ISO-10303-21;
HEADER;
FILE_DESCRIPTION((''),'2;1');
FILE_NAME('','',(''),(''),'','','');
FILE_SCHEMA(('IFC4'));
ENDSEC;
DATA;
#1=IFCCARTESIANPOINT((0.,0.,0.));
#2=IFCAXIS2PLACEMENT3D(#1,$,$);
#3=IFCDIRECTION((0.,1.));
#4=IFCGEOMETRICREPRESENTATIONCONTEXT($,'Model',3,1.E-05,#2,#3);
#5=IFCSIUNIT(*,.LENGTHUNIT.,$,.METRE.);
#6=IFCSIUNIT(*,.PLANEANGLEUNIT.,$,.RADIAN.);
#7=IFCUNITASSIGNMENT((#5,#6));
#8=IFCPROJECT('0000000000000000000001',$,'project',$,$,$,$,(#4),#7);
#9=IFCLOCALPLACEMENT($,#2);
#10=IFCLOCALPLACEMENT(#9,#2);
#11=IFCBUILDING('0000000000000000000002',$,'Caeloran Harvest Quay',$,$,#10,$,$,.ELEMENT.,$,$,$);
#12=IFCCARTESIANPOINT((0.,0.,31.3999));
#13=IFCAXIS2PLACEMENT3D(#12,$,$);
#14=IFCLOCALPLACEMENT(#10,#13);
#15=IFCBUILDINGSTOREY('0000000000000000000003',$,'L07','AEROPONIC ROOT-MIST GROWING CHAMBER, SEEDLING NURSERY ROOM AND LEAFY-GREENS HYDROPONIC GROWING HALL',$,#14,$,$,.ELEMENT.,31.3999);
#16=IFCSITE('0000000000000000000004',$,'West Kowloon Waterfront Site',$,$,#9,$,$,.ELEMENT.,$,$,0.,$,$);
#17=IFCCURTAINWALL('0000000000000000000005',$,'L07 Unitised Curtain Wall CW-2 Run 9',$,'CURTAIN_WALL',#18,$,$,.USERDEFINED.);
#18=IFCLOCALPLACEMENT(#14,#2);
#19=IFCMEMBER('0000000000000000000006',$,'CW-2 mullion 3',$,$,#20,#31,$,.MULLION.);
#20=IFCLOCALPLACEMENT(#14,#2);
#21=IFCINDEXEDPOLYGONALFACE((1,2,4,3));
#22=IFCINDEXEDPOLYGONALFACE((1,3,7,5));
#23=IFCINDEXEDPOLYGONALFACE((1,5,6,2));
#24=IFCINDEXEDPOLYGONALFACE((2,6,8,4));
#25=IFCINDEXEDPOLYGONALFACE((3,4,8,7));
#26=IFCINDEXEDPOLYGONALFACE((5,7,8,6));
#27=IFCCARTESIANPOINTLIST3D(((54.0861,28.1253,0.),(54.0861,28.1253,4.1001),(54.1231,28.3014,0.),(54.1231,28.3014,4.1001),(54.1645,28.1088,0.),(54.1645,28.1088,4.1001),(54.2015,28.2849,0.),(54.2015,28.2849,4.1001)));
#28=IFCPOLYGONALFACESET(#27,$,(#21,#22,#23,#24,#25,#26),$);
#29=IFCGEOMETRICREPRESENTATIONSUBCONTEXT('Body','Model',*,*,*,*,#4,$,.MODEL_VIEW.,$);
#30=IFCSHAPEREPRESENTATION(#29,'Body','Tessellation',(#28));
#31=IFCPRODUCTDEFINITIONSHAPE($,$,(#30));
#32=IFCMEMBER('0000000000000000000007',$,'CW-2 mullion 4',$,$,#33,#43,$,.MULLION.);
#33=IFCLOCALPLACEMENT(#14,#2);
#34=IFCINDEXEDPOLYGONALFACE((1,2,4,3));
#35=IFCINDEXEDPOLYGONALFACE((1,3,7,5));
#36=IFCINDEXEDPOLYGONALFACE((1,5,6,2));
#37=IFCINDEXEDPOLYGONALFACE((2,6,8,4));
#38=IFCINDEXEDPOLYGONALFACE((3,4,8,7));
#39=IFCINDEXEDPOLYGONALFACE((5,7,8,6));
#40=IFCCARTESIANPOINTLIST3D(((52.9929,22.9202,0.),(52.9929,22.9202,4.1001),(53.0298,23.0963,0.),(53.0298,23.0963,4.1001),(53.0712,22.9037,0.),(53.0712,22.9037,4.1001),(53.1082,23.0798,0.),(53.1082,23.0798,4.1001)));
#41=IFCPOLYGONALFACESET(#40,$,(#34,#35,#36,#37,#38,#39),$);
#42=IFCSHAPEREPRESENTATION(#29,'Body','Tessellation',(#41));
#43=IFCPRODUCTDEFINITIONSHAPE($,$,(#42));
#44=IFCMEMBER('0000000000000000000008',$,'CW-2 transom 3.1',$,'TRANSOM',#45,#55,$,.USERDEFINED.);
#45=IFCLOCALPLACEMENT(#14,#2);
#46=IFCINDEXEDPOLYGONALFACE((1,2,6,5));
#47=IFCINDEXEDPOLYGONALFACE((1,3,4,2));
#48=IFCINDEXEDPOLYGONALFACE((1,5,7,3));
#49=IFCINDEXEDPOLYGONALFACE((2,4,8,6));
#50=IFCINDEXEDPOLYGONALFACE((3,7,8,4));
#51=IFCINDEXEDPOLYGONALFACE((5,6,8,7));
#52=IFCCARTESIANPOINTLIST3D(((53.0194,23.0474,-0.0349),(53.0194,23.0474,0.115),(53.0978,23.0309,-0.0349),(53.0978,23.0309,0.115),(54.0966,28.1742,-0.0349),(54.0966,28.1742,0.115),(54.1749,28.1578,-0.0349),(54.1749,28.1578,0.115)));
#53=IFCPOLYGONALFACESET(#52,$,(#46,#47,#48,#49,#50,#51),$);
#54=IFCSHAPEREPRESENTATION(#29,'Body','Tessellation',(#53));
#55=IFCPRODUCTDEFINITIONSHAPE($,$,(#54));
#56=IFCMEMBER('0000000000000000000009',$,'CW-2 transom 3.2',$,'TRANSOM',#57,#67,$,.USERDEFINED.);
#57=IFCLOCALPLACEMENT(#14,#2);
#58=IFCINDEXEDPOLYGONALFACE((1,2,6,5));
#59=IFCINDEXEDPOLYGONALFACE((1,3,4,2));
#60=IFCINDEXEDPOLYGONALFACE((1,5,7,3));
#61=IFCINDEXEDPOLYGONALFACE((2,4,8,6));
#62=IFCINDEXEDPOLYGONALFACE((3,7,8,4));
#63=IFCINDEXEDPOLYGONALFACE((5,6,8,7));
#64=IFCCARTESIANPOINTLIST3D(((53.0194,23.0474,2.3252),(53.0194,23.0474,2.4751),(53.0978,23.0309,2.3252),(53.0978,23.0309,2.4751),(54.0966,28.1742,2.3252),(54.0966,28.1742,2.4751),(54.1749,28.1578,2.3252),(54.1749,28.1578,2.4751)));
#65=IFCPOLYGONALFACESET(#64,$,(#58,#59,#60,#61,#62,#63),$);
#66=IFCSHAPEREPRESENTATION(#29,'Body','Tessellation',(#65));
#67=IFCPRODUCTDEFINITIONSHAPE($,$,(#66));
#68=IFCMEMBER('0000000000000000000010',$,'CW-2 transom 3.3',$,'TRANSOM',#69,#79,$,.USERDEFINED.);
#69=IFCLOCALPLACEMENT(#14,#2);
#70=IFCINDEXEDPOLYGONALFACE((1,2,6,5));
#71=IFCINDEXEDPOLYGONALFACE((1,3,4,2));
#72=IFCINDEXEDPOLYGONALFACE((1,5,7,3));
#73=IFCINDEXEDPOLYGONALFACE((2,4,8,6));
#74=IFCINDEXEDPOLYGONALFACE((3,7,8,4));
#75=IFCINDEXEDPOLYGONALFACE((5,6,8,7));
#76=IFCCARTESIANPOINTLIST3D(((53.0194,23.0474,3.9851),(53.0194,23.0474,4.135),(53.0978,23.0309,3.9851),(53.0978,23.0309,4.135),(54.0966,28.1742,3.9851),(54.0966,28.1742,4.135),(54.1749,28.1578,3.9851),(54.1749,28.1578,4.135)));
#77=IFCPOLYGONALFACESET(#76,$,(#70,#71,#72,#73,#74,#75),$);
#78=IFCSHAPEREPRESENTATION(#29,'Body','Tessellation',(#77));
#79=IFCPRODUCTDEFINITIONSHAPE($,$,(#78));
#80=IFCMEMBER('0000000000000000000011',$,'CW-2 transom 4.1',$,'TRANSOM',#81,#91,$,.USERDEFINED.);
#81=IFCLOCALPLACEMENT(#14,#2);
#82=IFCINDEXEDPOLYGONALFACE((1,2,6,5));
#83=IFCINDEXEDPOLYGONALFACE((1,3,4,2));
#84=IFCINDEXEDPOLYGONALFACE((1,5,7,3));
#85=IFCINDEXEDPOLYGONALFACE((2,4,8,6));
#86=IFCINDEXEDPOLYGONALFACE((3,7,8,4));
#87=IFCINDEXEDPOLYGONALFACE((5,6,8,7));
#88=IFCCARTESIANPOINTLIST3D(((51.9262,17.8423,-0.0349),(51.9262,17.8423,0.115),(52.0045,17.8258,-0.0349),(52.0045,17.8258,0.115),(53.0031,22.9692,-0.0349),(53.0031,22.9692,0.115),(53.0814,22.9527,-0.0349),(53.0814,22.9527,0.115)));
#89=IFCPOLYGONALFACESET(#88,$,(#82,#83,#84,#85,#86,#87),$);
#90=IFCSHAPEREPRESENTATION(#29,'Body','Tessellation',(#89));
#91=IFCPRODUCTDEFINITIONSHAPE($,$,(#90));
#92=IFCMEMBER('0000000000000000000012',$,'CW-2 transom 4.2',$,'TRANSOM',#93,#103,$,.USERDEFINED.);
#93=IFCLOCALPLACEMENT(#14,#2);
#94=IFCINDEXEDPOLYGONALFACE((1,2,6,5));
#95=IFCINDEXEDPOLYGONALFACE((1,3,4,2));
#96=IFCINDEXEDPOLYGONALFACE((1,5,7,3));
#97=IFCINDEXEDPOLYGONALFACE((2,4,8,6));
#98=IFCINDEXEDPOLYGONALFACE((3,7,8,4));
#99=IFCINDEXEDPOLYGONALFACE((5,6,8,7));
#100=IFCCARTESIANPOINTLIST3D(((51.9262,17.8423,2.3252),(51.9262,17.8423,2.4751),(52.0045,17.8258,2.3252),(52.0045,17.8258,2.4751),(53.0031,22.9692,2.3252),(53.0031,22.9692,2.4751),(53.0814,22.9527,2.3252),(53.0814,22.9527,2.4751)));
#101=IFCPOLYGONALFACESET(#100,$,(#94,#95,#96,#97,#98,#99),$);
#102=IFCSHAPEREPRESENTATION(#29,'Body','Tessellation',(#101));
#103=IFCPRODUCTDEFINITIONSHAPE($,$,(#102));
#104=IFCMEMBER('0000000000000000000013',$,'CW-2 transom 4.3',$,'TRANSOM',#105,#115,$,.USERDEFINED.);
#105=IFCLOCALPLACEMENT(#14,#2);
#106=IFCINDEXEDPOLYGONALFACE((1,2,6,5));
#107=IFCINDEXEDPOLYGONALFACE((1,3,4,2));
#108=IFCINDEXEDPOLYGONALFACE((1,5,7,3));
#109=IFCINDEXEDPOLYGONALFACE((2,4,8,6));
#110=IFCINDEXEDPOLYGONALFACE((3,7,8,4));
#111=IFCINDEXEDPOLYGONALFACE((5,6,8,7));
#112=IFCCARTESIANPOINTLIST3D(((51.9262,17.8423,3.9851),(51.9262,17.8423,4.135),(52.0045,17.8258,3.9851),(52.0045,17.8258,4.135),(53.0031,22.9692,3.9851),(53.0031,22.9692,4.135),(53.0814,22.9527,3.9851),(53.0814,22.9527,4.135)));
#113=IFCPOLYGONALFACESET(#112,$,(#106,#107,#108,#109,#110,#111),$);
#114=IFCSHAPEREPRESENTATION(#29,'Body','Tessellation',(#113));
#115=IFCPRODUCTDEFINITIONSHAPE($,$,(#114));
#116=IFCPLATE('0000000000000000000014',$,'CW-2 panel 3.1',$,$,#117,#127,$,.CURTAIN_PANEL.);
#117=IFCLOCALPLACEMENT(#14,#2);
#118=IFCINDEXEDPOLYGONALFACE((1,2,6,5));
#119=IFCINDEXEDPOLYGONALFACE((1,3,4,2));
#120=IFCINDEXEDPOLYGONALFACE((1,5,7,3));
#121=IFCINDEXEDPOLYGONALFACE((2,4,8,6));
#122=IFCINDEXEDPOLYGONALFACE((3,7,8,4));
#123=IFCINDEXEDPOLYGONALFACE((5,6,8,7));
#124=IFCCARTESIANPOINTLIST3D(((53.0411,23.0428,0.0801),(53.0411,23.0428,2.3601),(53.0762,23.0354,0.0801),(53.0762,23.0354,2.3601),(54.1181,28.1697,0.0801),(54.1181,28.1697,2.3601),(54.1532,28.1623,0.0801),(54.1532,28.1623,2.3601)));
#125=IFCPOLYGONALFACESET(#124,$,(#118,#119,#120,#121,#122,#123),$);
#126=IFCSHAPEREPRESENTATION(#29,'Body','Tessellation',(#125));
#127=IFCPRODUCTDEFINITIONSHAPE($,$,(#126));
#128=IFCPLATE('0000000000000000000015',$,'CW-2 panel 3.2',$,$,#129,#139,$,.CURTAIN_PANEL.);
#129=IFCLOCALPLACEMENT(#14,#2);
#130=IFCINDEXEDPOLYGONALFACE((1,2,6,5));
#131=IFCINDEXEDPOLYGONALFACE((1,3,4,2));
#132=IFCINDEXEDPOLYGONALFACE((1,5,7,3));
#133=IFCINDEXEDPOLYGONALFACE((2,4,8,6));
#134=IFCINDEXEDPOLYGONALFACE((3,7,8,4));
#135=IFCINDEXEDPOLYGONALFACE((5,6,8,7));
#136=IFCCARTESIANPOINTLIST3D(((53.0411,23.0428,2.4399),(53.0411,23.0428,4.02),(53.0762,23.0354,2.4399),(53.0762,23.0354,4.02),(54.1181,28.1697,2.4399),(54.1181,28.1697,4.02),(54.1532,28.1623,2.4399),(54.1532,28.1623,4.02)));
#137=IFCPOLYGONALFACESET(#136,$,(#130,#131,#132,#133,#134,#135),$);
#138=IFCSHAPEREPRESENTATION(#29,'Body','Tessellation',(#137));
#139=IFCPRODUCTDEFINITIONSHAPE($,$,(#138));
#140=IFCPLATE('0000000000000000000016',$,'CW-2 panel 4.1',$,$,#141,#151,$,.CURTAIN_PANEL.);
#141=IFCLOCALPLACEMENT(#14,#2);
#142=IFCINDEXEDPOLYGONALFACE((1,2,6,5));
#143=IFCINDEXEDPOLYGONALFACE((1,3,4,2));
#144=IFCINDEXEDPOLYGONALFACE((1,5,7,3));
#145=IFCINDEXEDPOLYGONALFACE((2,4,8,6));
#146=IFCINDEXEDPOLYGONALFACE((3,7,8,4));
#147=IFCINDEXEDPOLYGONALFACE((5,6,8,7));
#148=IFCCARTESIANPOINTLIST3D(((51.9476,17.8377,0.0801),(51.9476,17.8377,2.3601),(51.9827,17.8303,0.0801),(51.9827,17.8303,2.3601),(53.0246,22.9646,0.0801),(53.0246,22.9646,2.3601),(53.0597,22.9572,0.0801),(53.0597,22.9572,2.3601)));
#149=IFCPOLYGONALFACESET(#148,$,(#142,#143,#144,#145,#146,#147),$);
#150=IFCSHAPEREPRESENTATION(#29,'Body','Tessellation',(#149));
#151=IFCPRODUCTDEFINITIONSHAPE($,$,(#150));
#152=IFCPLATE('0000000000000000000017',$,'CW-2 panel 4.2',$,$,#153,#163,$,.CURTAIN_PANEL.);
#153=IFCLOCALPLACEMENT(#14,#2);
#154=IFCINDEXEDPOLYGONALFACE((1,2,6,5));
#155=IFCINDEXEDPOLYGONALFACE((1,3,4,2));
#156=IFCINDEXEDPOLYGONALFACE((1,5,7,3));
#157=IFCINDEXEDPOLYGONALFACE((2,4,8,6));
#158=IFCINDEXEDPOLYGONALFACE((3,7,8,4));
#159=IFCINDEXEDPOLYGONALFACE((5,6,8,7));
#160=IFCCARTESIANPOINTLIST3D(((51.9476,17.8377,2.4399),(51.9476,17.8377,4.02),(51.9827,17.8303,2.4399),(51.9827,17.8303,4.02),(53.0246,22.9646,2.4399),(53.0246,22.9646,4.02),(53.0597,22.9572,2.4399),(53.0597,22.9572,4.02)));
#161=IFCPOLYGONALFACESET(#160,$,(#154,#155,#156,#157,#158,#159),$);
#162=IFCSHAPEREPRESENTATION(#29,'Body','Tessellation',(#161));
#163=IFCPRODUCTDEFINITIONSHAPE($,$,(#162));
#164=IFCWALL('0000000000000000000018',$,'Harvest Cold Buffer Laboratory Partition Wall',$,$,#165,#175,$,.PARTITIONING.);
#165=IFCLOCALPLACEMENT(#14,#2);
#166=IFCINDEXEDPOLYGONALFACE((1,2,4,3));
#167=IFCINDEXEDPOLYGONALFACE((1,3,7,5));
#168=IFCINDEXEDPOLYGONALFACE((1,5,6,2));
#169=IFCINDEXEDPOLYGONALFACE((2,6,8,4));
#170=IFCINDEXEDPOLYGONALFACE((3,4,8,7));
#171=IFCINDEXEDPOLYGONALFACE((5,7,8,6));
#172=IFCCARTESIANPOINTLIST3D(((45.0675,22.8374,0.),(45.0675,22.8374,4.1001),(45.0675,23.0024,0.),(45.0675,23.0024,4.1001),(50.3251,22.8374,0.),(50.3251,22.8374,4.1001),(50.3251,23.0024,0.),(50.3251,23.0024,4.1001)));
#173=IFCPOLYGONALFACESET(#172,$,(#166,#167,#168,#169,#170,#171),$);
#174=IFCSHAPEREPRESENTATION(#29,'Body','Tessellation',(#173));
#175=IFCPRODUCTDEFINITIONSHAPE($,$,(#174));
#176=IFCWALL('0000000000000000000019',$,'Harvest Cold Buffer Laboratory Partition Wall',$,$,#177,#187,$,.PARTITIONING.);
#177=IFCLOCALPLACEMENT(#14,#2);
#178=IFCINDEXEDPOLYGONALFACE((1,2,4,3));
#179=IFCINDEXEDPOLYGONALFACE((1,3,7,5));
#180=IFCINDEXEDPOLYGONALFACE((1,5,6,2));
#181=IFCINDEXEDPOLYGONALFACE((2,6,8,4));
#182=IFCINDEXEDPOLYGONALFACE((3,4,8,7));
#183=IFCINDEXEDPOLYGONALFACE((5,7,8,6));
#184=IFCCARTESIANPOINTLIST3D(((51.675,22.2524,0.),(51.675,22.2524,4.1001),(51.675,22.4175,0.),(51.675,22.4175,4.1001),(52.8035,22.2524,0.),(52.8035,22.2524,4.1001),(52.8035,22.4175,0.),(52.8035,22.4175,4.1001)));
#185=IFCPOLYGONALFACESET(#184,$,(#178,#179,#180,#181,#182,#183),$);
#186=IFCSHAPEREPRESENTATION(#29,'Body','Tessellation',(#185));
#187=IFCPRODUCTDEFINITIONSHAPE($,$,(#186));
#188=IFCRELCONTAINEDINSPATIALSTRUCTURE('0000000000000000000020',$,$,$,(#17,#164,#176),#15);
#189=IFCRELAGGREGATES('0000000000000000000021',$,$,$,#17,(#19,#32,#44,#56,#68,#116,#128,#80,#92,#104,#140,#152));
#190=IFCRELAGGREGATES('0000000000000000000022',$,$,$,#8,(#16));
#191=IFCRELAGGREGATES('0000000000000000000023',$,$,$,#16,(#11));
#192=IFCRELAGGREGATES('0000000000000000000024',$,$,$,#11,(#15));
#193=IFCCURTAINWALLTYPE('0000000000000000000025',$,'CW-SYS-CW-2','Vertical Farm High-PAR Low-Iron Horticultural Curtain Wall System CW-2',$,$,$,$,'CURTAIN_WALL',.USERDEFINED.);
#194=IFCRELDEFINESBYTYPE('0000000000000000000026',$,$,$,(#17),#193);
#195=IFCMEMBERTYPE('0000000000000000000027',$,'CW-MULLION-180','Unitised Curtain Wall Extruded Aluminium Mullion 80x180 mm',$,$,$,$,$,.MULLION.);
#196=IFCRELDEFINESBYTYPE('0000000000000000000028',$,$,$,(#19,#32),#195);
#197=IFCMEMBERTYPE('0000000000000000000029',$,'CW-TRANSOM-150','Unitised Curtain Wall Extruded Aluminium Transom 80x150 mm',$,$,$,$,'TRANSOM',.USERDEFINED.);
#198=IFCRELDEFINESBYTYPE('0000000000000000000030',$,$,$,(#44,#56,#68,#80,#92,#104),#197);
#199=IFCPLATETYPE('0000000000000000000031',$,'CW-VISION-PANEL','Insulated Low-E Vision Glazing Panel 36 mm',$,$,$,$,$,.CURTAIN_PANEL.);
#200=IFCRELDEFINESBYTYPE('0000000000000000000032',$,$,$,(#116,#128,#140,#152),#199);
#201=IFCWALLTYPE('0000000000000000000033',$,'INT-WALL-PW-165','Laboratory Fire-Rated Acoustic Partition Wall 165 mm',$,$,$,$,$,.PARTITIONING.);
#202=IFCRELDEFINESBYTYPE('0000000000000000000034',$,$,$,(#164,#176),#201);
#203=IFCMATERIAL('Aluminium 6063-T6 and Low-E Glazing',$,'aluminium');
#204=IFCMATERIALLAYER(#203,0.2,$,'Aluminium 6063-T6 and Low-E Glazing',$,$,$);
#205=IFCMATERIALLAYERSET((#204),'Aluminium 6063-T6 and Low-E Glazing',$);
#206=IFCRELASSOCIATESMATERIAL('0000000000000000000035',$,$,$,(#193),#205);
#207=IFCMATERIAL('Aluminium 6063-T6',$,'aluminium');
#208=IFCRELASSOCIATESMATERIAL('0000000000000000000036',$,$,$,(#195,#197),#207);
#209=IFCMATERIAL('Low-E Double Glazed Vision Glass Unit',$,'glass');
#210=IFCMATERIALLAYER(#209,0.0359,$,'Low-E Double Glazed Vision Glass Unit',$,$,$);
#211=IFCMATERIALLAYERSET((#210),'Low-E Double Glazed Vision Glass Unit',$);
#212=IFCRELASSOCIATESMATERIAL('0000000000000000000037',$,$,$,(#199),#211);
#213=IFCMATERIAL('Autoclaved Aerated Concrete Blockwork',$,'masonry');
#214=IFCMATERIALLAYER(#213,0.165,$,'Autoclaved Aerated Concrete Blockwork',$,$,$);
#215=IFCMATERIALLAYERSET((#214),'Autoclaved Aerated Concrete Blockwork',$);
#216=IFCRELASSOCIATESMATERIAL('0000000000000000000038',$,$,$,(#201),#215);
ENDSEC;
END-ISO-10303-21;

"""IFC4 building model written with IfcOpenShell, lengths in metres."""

from ifc_helpers import new_model, si_unit, direction, frame, frame_2d, origin, origin_2d, place, context, subcontext, project, spatial, rectangle, extrude, material, layer, layer_set, material_profile, profile_set, type_object, element, aggregate, save


model = new_model("IFC4")

# Units and contexts
model_context = context("Model", 3, precision=1e-05, world=origin(), true_north=direction((0.0, 1.0)))
body_context = subcontext(model_context, "Body", "Model", "MODEL_VIEW")
ifc_project = project(units=[si_unit("LENGTHUNIT", "METRE"), si_unit("PLANEANGLEUNIT", "RADIAN")], contexts=[model_context])

# Site, building, storey
site_placement = place(None, origin())
site = spatial("IfcSite", under=ifc_project, at=site_placement, Name="West Kowloon Waterfront Site", CompositionType="ELEMENT", RefElevation=0.0)
building_placement = place(site_placement, origin())
building = spatial("IfcBuilding", under=site, at=building_placement, Name="Caeloran Harvest Quay", CompositionType="ELEMENT")
storey_placement = place(building_placement, frame((0.0, 0.0, 31.3999)))
storey = spatial("IfcBuildingStorey", under=building, at=storey_placement, Name="L07", Description="AEROPONIC ROOT-MIST GROWING CHAMBER, SEEDLING NURSERY ROOM AND LEAFY-GREENS HYDROPONIC GROWING HALL", CompositionType="ELEMENT", Elevation=31.3999)

# Curtain wall, members, plates
ifc_material_1 = material(Name="Aluminium 6063-T6 and Low-E Glazing", Category="aluminium")
ifc_layer_1 = layer(ifc_material_1, 0.2, Name="Aluminium 6063-T6 and Low-E Glazing")
ifc_layer_set_1 = layer_set([ifc_layer_1], Name="Aluminium 6063-T6 and Low-E Glazing")
curtain_wall_type = type_object("IfcCurtainWallType", Name="CW-SYS-CW-2", Description="Vertical Farm High-PAR Low-Iron Horticultural Curtain Wall System CW-2", ElementType="CURTAIN_WALL", PredefinedType="USERDEFINED", material=ifc_layer_set_1)
curtain_wall_placement = place(storey_placement, origin())
curtain_wall = element("IfcCurtainWall", 1, at=curtain_wall_placement, inside=storey, type_object=curtain_wall_type, Name="L07 Unitised Curtain Wall CW-2 Run 9", ObjectType="CURTAIN_WALL", PredefinedType="USERDEFINED")
ifc_material_2 = material(Name="Aluminium 6063-T6", Category="aluminium")
ifc_material_profile_1 = material_profile(ifc_material_2, rectangle(XDim=0.0801, YDim=0.1799, at=origin_2d()), Name="CW-MULLION-180")
ifc_profile_set_1 = profile_set([ifc_material_profile_1], Name="Aluminium 6063-T6")
member_type_1 = type_object("IfcMemberType", Name="CW-MULLION-180", Description="Unitised Curtain Wall Extruded Aluminium Mullion 80x180 mm", PredefinedType="MULLION", material=ifc_profile_set_1)
member_1_placement = place(storey_placement, frame((54.1438, 28.2051, 0.0), z_axis=(0.0, 0.0, 1.0), x_axis=(0.97864, -0.205583, 0.0)))
member_1 = element("IfcMember", 2, at=member_1_placement, type_object=member_type_1, Name="CW-2 mullion 3", PredefinedType="MULLION", context=body_context, shape_type="SweptSolid", body=[
    extrude(rectangle(XDim=0.0801, YDim=0.1799, at=origin_2d()), origin(), (0.0, 0.0, 1.0), 4.1001),
])
member_2_placement = place(storey_placement, frame((53.0505, 23.0, 0.0), z_axis=(0.0, 0.0, 1.0), x_axis=(0.97864, -0.205583, 0.0)))
member_2 = element("IfcMember", 3, at=member_2_placement, type_object=member_type_1, Name="CW-2 mullion 4", PredefinedType="MULLION", context=body_context, shape_type="SweptSolid", body=[
    extrude(rectangle(XDim=0.0801, YDim=0.1799, at=origin_2d()), origin(), (0.0, 0.0, 1.0), 4.1001),
])
ifc_material_profile_2 = material_profile(ifc_material_2, rectangle(XDim=0.0801, YDim=0.1499, at=origin_2d()), Name="CW-TRANSOM-150")
ifc_profile_set_2 = profile_set([ifc_material_profile_2], Name="Aluminium 6063-T6")
member_type_2 = type_object("IfcMemberType", Name="CW-TRANSOM-150", Description="Unitised Curtain Wall Extruded Aluminium Transom 80x150 mm", ElementType="TRANSOM", PredefinedType="USERDEFINED", material=ifc_profile_set_2)
member_3_placement = place(storey_placement, frame((54.1357, 28.166, 0.04), z_axis=(-0.205607, -0.978635, 0.0), x_axis=(0.978635, -0.205607, 0.0)))
member_3 = element("IfcMember", 4, at=member_3_placement, type_object=member_type_2, Name="CW-2 transom 3.1", ObjectType="TRANSOM", PredefinedType="USERDEFINED", context=body_context, shape_type="SweptSolid", body=[
    extrude(rectangle(XDim=0.0801, YDim=0.1499, at=origin_2d()), origin(), (0.0, 0.0, 1.0), 5.2388),
])
member_4_placement = place(storey_placement, frame((54.1357, 28.166, 2.4001), z_axis=(-0.205607, -0.978635, 0.0), x_axis=(0.978635, -0.205607, 0.0)))
member_4 = element("IfcMember", 5, at=member_4_placement, type_object=member_type_2, Name="CW-2 transom 3.2", ObjectType="TRANSOM", PredefinedType="USERDEFINED", context=body_context, shape_type="SweptSolid", body=[
    extrude(rectangle(XDim=0.0801, YDim=0.1499, at=origin_2d()), origin(), (0.0, 0.0, 1.0), 5.2388),
])
member_5_placement = place(storey_placement, frame((54.1357, 28.166, 4.0601), z_axis=(-0.205607, -0.978635, 0.0), x_axis=(0.978635, -0.205607, 0.0)))
member_5 = element("IfcMember", 6, at=member_5_placement, type_object=member_type_2, Name="CW-2 transom 3.3", ObjectType="TRANSOM", PredefinedType="USERDEFINED", context=body_context, shape_type="SweptSolid", body=[
    extrude(rectangle(XDim=0.0801, YDim=0.1499, at=origin_2d()), origin(), (0.0, 0.0, 1.0), 5.2388),
])
member_6_placement = place(storey_placement, frame((53.0422, 22.9609, 0.04), z_axis=(-0.205562, -0.978644, 0.0), x_axis=(0.978644, -0.205562, 0.0)))
member_6 = element("IfcMember", 7, at=member_6_placement, type_object=member_type_2, Name="CW-2 transom 4.1", ObjectType="TRANSOM", PredefinedType="USERDEFINED", context=body_context, shape_type="SweptSolid", body=[
    extrude(rectangle(XDim=0.0801, YDim=0.1499, at=origin_2d()), origin(), (0.0, 0.0, 1.0), 5.2388),
])
member_7_placement = place(storey_placement, frame((53.0422, 22.9609, 2.4001), z_axis=(-0.205562, -0.978644, 0.0), x_axis=(0.978644, -0.205562, 0.0)))
member_7 = element("IfcMember", 8, at=member_7_placement, type_object=member_type_2, Name="CW-2 transom 4.2", ObjectType="TRANSOM", PredefinedType="USERDEFINED", context=body_context, shape_type="SweptSolid", body=[
    extrude(rectangle(XDim=0.0801, YDim=0.1499, at=origin_2d()), origin(), (0.0, 0.0, 1.0), 5.2388),
])
member_8_placement = place(storey_placement, frame((53.0422, 22.9609, 4.0601), z_axis=(-0.205562, -0.978644, 0.0), x_axis=(0.978644, -0.205562, 0.0)))
member_8 = element("IfcMember", 9, at=member_8_placement, type_object=member_type_2, Name="CW-2 transom 4.3", ObjectType="TRANSOM", PredefinedType="USERDEFINED", context=body_context, shape_type="SweptSolid", body=[
    extrude(rectangle(XDim=0.0801, YDim=0.1499, at=origin_2d()), origin(), (0.0, 0.0, 1.0), 5.2388),
])
ifc_material_3 = material(Name="Low-E Double Glazed Vision Glass Unit", Category="glass")
ifc_layer_2 = layer(ifc_material_3, 0.0359, Name="Low-E Double Glazed Vision Glass Unit")
ifc_layer_set_2 = layer_set([ifc_layer_2], Name="Low-E Double Glazed Vision Glass Unit")
plate_type = type_object("IfcPlateType", Name="CW-VISION-PANEL", Description="Insulated Low-E Vision Glazing Panel 36 mm", PredefinedType="CURTAIN_PANEL", material=ifc_layer_set_2)
plate_1_placement = place(storey_placement, frame((53.5972, 25.6025, 0.0801), z_axis=(0.0, 0.0, 1.0), x_axis=(-0.205583, -0.97864, 0.0)))
plate_1 = element("IfcPlate", 10, at=plate_1_placement, type_object=plate_type, Name="CW-2 panel 3.1", PredefinedType="CURTAIN_PANEL", context=body_context, shape_type="SweptSolid", body=[
    extrude(rectangle(XDim=5.2388, YDim=0.0359, at=origin_2d()), origin(), (0.0, 0.0, 1.0), 2.28),
])
plate_2_placement = place(storey_placement, frame((53.5972, 25.6025, 2.4399), z_axis=(0.0, 0.0, 1.0), x_axis=(-0.205583, -0.97864, 0.0)))
plate_2 = element("IfcPlate", 11, at=plate_2_placement, type_object=plate_type, Name="CW-2 panel 3.2", PredefinedType="CURTAIN_PANEL", context=body_context, shape_type="SweptSolid", body=[
    extrude(rectangle(XDim=5.2388, YDim=0.0359, at=origin_2d()), origin(), (0.0, 0.0, 1.0), 1.5801),
])
plate_3_placement = place(storey_placement, frame((52.5037, 20.3975, 0.0801), z_axis=(0.0, 0.0, 1.0), x_axis=(-0.205583, -0.97864, 0.0)))
plate_3 = element("IfcPlate", 12, at=plate_3_placement, type_object=plate_type, Name="CW-2 panel 4.1", PredefinedType="CURTAIN_PANEL", context=body_context, shape_type="SweptSolid", body=[
    extrude(rectangle(XDim=5.2388, YDim=0.0359, at=origin_2d()), origin(), (0.0, 0.0, 1.0), 2.28),
])
plate_4_placement = place(storey_placement, frame((52.5037, 20.3975, 2.4399), z_axis=(0.0, 0.0, 1.0), x_axis=(-0.205583, -0.97864, 0.0)))
plate_4 = element("IfcPlate", 13, at=plate_4_placement, type_object=plate_type, Name="CW-2 panel 4.2", PredefinedType="CURTAIN_PANEL", context=body_context, shape_type="SweptSolid", body=[
    extrude(rectangle(XDim=5.2388, YDim=0.0359, at=origin_2d()), origin(), (0.0, 0.0, 1.0), 1.5801),
])
aggregate(curtain_wall, [member_1, member_2, member_3, member_4, member_5, plate_1, plate_2, member_6, member_7, member_8, plate_3, plate_4])

# Walls
ifc_material_4 = material(Name="Autoclaved Aerated Concrete Blockwork", Category="masonry")
ifc_layer_3 = layer(ifc_material_4, 0.165, Name="Autoclaved Aerated Concrete Blockwork")
ifc_layer_set_3 = layer_set([ifc_layer_3], Name="Autoclaved Aerated Concrete Blockwork")
wall_type = type_object("IfcWallType", Name="INT-WALL-PW-165", Description="Laboratory Fire-Rated Acoustic Partition Wall 165 mm", PredefinedType="PARTITIONING", material=ifc_layer_set_3)
wall_1_placement = place(storey_placement, frame((45.0674, 22.9199, 0.0), z_axis=(0.0, 0.0, 1.0), x_axis=(1.0, 0.0, 0.0)))
element("IfcWall", 14, at=wall_1_placement, inside=storey, type_object=wall_type, Name="Harvest Cold Buffer Laboratory Partition Wall", PredefinedType="PARTITIONING", context=body_context, shape_type="SweptSolid", body=[
    extrude(rectangle(XDim=5.2576, YDim=0.165, at=frame_2d((2.6289, 0.0))), origin(), (0.0, 0.0, 1.0), 4.1001),
])
wall_2_placement = place(storey_placement, frame((51.675, 22.335, 0.0), z_axis=(0.0, 0.0, 1.0), x_axis=(1.0, 0.0, 0.0)))
element("IfcWall", 15, at=wall_2_placement, inside=storey, type_object=wall_type, Name="Harvest Cold Buffer Laboratory Partition Wall", PredefinedType="PARTITIONING", context=body_context, shape_type="SweptSolid", body=[
    extrude(rectangle(XDim=1.1284, YDim=0.165, at=frame_2d((0.5642, 0.0))), origin(), (0.0, 0.0, 1.0), 4.1001),
])

save(model, "model.ifc")
